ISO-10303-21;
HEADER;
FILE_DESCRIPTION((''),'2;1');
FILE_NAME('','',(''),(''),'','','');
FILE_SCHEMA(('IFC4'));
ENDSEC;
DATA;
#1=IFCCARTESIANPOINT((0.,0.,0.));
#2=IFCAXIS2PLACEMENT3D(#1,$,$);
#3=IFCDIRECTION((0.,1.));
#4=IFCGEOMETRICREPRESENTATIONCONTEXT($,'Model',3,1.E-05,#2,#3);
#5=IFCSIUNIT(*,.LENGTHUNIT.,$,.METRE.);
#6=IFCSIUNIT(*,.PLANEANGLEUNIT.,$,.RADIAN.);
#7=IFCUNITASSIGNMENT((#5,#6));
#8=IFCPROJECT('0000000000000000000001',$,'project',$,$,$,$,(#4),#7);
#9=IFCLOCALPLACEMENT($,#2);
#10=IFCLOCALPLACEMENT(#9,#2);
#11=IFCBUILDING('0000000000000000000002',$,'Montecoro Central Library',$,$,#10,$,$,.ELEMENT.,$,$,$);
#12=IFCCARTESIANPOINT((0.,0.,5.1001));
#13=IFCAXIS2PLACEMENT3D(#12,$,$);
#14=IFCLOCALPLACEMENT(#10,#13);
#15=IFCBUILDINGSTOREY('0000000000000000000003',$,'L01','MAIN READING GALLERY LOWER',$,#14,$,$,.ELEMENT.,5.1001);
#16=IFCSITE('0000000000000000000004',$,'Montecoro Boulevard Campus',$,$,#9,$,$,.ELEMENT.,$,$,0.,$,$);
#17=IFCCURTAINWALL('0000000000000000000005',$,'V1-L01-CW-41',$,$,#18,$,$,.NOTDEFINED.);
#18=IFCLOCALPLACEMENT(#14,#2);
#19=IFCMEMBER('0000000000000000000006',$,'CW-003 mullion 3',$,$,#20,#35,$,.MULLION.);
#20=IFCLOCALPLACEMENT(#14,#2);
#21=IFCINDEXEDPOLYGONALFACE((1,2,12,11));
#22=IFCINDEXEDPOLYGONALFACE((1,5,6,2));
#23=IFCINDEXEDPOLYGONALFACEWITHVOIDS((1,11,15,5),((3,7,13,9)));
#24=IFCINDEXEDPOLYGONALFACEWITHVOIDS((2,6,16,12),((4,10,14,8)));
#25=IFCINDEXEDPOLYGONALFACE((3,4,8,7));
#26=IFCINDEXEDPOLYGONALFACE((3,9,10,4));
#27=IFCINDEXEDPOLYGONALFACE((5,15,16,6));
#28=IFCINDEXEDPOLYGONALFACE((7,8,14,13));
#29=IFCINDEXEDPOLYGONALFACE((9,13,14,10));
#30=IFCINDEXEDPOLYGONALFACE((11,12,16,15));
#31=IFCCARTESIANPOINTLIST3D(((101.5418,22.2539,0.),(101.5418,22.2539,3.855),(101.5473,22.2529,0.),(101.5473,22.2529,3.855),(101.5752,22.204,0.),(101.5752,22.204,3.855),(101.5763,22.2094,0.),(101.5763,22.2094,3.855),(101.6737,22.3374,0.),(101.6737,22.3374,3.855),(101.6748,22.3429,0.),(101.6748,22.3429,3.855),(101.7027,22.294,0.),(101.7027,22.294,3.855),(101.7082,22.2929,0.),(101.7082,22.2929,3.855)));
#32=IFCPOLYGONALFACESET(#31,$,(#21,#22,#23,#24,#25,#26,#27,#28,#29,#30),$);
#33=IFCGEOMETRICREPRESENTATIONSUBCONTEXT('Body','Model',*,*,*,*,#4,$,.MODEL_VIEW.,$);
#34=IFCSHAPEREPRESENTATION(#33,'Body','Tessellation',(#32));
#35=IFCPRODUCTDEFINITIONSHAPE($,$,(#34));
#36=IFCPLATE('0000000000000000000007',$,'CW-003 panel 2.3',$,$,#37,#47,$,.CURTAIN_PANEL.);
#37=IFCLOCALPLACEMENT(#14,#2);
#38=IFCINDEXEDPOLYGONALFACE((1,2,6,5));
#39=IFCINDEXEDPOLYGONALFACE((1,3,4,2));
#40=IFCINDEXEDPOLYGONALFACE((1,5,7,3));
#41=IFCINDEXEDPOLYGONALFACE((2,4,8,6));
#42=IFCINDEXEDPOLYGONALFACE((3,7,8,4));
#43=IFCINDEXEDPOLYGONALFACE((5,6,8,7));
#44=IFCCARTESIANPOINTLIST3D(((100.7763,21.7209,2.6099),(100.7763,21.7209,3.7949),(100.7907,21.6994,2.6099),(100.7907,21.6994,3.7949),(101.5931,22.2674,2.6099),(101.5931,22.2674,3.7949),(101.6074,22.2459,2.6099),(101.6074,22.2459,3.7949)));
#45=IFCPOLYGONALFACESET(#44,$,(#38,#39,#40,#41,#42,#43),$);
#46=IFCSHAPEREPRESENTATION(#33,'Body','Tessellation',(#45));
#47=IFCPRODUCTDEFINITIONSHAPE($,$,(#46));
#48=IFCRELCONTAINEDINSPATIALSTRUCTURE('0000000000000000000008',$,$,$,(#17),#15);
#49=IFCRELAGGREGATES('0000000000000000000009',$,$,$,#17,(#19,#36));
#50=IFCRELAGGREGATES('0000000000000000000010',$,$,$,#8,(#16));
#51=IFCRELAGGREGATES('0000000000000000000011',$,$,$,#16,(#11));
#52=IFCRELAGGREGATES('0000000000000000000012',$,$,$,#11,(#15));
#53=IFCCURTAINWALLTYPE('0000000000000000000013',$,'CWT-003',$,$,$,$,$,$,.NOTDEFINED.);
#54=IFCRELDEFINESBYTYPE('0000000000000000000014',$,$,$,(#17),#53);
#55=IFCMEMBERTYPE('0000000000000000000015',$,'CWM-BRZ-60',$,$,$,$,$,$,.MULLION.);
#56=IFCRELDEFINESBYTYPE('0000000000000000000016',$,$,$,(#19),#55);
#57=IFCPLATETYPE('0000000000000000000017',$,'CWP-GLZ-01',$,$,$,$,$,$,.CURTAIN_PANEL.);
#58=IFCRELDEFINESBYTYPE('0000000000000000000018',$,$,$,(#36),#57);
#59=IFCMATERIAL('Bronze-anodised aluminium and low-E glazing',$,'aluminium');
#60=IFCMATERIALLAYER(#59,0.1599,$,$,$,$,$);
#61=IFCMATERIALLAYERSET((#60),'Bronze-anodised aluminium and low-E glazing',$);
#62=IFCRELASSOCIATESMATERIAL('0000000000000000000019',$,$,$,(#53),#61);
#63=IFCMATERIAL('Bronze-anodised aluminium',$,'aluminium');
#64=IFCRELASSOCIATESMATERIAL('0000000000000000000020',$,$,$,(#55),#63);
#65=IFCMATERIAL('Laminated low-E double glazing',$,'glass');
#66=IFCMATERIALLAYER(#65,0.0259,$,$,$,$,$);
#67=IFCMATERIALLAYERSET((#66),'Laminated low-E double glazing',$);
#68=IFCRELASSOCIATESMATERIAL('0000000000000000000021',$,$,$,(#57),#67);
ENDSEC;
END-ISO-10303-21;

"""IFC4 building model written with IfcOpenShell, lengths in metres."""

from ifc_helpers import new_model, si_unit, direction, frame, origin, origin_2d, place, context, subcontext, project, spatial, rectangle, hollow_rectangle, extrude, material, layer, layer_set, material_profile, profile_set, type_object, element, aggregate, save


model = new_model("IFC4")

# Units and contexts
model_context = context("Model", 3, precision=1e-05, world=origin(), true_north=direction((0.0, 1.0)))
body_context = subcontext(model_context, "Body", "Model", "MODEL_VIEW")
ifc_project = project(units=[si_unit("LENGTHUNIT", "METRE"), si_unit("PLANEANGLEUNIT", "RADIAN")], contexts=[model_context])

# Site, building, storey
site_placement = place(None, origin())
site = spatial("IfcSite", under=ifc_project, at=site_placement, Name="Montecoro Boulevard Campus", CompositionType="ELEMENT", RefElevation=0.0)
building_placement = place(site_placement, origin())
building = spatial("IfcBuilding", under=site, at=building_placement, Name="Montecoro Central Library", CompositionType="ELEMENT")
storey_placement = place(building_placement, frame((0.0, 0.0, 5.1001)))
storey = spatial("IfcBuildingStorey", under=building, at=storey_placement, Name="L01", Description="MAIN READING GALLERY LOWER", CompositionType="ELEMENT", Elevation=5.1001)

# Curtain wall, member, plate
ifc_material_1 = material(Name="Bronze-anodised aluminium and low-E glazing", Category="aluminium")
ifc_layer_1 = layer(ifc_material_1, 0.1599)
ifc_layer_set_1 = layer_set([ifc_layer_1], Name="Bronze-anodised aluminium and low-E glazing")
curtain_wall_type = type_object("IfcCurtainWallType", Name="CWT-003", PredefinedType="NOTDEFINED", material=ifc_layer_set_1)
curtain_wall_placement = place(storey_placement, origin())
curtain_wall = element("IfcCurtainWall", 1, at=curtain_wall_placement, inside=storey, type_object=curtain_wall_type, Name="V1-L01-CW-41", PredefinedType="NOTDEFINED")
ifc_material_2 = material(Name="Bronze-anodised aluminium", Category="aluminium")
ifc_material_profile_1 = material_profile(ifc_material_2, hollow_rectangle(XDim=0.0601, YDim=0.1599, WallThickness=0.0039, at=origin_2d()), Name="CWM 160x60x4.0")
ifc_profile_set_1 = profile_set([ifc_material_profile_1], Name="Bronze-anodised aluminium")
member_type = type_object("IfcMemberType", Name="CWM-BRZ-60", PredefinedType="MULLION", material=ifc_profile_set_1)
member_placement = place(storey_placement, frame((101.625, 22.2734, 0.0), z_axis=(0.0, 0.0, 1.0), x_axis=(-0.556098, 0.831117, 0.0)))
member = element("IfcMember", 2, at=member_placement, type_object=member_type, Name="CW-003 mullion 3", PredefinedType="MULLION", context=body_context, shape_type="SweptSolid", body=[
    extrude(hollow_rectangle(XDim=0.0601, YDim=0.1599, WallThickness=0.0039, at=origin_2d()), origin(), (0.0, 0.0, 1.0), 3.855),
])
ifc_material_3 = material(Name="Laminated low-E double glazing", Category="glass")
ifc_layer_2 = layer(ifc_material_3, 0.0259)
ifc_layer_set_2 = layer_set([ifc_layer_2], Name="Laminated low-E double glazing")
plate_type = type_object("IfcPlateType", Name="CWP-GLZ-01", PredefinedType="CURTAIN_PANEL", material=ifc_layer_set_2)
plate_placement = place(storey_placement, frame((101.1919, 21.9834, 2.6099), z_axis=(0.0, 0.0, 1.0), x_axis=(0.831117, 0.556098, 0.0)))
plate = element("IfcPlate", 3, at=plate_placement, type_object=plate_type, Name="CW-003 panel 2.3", PredefinedType="CURTAIN_PANEL", context=body_context, shape_type="SweptSolid", body=[
    extrude(rectangle(XDim=0.9827, YDim=0.0259, at=origin_2d()), origin(), (0.0, 0.0, 1.0), 1.1851),
])
aggregate(curtain_wall, [member, plate])

save(model, "model.ifc")
